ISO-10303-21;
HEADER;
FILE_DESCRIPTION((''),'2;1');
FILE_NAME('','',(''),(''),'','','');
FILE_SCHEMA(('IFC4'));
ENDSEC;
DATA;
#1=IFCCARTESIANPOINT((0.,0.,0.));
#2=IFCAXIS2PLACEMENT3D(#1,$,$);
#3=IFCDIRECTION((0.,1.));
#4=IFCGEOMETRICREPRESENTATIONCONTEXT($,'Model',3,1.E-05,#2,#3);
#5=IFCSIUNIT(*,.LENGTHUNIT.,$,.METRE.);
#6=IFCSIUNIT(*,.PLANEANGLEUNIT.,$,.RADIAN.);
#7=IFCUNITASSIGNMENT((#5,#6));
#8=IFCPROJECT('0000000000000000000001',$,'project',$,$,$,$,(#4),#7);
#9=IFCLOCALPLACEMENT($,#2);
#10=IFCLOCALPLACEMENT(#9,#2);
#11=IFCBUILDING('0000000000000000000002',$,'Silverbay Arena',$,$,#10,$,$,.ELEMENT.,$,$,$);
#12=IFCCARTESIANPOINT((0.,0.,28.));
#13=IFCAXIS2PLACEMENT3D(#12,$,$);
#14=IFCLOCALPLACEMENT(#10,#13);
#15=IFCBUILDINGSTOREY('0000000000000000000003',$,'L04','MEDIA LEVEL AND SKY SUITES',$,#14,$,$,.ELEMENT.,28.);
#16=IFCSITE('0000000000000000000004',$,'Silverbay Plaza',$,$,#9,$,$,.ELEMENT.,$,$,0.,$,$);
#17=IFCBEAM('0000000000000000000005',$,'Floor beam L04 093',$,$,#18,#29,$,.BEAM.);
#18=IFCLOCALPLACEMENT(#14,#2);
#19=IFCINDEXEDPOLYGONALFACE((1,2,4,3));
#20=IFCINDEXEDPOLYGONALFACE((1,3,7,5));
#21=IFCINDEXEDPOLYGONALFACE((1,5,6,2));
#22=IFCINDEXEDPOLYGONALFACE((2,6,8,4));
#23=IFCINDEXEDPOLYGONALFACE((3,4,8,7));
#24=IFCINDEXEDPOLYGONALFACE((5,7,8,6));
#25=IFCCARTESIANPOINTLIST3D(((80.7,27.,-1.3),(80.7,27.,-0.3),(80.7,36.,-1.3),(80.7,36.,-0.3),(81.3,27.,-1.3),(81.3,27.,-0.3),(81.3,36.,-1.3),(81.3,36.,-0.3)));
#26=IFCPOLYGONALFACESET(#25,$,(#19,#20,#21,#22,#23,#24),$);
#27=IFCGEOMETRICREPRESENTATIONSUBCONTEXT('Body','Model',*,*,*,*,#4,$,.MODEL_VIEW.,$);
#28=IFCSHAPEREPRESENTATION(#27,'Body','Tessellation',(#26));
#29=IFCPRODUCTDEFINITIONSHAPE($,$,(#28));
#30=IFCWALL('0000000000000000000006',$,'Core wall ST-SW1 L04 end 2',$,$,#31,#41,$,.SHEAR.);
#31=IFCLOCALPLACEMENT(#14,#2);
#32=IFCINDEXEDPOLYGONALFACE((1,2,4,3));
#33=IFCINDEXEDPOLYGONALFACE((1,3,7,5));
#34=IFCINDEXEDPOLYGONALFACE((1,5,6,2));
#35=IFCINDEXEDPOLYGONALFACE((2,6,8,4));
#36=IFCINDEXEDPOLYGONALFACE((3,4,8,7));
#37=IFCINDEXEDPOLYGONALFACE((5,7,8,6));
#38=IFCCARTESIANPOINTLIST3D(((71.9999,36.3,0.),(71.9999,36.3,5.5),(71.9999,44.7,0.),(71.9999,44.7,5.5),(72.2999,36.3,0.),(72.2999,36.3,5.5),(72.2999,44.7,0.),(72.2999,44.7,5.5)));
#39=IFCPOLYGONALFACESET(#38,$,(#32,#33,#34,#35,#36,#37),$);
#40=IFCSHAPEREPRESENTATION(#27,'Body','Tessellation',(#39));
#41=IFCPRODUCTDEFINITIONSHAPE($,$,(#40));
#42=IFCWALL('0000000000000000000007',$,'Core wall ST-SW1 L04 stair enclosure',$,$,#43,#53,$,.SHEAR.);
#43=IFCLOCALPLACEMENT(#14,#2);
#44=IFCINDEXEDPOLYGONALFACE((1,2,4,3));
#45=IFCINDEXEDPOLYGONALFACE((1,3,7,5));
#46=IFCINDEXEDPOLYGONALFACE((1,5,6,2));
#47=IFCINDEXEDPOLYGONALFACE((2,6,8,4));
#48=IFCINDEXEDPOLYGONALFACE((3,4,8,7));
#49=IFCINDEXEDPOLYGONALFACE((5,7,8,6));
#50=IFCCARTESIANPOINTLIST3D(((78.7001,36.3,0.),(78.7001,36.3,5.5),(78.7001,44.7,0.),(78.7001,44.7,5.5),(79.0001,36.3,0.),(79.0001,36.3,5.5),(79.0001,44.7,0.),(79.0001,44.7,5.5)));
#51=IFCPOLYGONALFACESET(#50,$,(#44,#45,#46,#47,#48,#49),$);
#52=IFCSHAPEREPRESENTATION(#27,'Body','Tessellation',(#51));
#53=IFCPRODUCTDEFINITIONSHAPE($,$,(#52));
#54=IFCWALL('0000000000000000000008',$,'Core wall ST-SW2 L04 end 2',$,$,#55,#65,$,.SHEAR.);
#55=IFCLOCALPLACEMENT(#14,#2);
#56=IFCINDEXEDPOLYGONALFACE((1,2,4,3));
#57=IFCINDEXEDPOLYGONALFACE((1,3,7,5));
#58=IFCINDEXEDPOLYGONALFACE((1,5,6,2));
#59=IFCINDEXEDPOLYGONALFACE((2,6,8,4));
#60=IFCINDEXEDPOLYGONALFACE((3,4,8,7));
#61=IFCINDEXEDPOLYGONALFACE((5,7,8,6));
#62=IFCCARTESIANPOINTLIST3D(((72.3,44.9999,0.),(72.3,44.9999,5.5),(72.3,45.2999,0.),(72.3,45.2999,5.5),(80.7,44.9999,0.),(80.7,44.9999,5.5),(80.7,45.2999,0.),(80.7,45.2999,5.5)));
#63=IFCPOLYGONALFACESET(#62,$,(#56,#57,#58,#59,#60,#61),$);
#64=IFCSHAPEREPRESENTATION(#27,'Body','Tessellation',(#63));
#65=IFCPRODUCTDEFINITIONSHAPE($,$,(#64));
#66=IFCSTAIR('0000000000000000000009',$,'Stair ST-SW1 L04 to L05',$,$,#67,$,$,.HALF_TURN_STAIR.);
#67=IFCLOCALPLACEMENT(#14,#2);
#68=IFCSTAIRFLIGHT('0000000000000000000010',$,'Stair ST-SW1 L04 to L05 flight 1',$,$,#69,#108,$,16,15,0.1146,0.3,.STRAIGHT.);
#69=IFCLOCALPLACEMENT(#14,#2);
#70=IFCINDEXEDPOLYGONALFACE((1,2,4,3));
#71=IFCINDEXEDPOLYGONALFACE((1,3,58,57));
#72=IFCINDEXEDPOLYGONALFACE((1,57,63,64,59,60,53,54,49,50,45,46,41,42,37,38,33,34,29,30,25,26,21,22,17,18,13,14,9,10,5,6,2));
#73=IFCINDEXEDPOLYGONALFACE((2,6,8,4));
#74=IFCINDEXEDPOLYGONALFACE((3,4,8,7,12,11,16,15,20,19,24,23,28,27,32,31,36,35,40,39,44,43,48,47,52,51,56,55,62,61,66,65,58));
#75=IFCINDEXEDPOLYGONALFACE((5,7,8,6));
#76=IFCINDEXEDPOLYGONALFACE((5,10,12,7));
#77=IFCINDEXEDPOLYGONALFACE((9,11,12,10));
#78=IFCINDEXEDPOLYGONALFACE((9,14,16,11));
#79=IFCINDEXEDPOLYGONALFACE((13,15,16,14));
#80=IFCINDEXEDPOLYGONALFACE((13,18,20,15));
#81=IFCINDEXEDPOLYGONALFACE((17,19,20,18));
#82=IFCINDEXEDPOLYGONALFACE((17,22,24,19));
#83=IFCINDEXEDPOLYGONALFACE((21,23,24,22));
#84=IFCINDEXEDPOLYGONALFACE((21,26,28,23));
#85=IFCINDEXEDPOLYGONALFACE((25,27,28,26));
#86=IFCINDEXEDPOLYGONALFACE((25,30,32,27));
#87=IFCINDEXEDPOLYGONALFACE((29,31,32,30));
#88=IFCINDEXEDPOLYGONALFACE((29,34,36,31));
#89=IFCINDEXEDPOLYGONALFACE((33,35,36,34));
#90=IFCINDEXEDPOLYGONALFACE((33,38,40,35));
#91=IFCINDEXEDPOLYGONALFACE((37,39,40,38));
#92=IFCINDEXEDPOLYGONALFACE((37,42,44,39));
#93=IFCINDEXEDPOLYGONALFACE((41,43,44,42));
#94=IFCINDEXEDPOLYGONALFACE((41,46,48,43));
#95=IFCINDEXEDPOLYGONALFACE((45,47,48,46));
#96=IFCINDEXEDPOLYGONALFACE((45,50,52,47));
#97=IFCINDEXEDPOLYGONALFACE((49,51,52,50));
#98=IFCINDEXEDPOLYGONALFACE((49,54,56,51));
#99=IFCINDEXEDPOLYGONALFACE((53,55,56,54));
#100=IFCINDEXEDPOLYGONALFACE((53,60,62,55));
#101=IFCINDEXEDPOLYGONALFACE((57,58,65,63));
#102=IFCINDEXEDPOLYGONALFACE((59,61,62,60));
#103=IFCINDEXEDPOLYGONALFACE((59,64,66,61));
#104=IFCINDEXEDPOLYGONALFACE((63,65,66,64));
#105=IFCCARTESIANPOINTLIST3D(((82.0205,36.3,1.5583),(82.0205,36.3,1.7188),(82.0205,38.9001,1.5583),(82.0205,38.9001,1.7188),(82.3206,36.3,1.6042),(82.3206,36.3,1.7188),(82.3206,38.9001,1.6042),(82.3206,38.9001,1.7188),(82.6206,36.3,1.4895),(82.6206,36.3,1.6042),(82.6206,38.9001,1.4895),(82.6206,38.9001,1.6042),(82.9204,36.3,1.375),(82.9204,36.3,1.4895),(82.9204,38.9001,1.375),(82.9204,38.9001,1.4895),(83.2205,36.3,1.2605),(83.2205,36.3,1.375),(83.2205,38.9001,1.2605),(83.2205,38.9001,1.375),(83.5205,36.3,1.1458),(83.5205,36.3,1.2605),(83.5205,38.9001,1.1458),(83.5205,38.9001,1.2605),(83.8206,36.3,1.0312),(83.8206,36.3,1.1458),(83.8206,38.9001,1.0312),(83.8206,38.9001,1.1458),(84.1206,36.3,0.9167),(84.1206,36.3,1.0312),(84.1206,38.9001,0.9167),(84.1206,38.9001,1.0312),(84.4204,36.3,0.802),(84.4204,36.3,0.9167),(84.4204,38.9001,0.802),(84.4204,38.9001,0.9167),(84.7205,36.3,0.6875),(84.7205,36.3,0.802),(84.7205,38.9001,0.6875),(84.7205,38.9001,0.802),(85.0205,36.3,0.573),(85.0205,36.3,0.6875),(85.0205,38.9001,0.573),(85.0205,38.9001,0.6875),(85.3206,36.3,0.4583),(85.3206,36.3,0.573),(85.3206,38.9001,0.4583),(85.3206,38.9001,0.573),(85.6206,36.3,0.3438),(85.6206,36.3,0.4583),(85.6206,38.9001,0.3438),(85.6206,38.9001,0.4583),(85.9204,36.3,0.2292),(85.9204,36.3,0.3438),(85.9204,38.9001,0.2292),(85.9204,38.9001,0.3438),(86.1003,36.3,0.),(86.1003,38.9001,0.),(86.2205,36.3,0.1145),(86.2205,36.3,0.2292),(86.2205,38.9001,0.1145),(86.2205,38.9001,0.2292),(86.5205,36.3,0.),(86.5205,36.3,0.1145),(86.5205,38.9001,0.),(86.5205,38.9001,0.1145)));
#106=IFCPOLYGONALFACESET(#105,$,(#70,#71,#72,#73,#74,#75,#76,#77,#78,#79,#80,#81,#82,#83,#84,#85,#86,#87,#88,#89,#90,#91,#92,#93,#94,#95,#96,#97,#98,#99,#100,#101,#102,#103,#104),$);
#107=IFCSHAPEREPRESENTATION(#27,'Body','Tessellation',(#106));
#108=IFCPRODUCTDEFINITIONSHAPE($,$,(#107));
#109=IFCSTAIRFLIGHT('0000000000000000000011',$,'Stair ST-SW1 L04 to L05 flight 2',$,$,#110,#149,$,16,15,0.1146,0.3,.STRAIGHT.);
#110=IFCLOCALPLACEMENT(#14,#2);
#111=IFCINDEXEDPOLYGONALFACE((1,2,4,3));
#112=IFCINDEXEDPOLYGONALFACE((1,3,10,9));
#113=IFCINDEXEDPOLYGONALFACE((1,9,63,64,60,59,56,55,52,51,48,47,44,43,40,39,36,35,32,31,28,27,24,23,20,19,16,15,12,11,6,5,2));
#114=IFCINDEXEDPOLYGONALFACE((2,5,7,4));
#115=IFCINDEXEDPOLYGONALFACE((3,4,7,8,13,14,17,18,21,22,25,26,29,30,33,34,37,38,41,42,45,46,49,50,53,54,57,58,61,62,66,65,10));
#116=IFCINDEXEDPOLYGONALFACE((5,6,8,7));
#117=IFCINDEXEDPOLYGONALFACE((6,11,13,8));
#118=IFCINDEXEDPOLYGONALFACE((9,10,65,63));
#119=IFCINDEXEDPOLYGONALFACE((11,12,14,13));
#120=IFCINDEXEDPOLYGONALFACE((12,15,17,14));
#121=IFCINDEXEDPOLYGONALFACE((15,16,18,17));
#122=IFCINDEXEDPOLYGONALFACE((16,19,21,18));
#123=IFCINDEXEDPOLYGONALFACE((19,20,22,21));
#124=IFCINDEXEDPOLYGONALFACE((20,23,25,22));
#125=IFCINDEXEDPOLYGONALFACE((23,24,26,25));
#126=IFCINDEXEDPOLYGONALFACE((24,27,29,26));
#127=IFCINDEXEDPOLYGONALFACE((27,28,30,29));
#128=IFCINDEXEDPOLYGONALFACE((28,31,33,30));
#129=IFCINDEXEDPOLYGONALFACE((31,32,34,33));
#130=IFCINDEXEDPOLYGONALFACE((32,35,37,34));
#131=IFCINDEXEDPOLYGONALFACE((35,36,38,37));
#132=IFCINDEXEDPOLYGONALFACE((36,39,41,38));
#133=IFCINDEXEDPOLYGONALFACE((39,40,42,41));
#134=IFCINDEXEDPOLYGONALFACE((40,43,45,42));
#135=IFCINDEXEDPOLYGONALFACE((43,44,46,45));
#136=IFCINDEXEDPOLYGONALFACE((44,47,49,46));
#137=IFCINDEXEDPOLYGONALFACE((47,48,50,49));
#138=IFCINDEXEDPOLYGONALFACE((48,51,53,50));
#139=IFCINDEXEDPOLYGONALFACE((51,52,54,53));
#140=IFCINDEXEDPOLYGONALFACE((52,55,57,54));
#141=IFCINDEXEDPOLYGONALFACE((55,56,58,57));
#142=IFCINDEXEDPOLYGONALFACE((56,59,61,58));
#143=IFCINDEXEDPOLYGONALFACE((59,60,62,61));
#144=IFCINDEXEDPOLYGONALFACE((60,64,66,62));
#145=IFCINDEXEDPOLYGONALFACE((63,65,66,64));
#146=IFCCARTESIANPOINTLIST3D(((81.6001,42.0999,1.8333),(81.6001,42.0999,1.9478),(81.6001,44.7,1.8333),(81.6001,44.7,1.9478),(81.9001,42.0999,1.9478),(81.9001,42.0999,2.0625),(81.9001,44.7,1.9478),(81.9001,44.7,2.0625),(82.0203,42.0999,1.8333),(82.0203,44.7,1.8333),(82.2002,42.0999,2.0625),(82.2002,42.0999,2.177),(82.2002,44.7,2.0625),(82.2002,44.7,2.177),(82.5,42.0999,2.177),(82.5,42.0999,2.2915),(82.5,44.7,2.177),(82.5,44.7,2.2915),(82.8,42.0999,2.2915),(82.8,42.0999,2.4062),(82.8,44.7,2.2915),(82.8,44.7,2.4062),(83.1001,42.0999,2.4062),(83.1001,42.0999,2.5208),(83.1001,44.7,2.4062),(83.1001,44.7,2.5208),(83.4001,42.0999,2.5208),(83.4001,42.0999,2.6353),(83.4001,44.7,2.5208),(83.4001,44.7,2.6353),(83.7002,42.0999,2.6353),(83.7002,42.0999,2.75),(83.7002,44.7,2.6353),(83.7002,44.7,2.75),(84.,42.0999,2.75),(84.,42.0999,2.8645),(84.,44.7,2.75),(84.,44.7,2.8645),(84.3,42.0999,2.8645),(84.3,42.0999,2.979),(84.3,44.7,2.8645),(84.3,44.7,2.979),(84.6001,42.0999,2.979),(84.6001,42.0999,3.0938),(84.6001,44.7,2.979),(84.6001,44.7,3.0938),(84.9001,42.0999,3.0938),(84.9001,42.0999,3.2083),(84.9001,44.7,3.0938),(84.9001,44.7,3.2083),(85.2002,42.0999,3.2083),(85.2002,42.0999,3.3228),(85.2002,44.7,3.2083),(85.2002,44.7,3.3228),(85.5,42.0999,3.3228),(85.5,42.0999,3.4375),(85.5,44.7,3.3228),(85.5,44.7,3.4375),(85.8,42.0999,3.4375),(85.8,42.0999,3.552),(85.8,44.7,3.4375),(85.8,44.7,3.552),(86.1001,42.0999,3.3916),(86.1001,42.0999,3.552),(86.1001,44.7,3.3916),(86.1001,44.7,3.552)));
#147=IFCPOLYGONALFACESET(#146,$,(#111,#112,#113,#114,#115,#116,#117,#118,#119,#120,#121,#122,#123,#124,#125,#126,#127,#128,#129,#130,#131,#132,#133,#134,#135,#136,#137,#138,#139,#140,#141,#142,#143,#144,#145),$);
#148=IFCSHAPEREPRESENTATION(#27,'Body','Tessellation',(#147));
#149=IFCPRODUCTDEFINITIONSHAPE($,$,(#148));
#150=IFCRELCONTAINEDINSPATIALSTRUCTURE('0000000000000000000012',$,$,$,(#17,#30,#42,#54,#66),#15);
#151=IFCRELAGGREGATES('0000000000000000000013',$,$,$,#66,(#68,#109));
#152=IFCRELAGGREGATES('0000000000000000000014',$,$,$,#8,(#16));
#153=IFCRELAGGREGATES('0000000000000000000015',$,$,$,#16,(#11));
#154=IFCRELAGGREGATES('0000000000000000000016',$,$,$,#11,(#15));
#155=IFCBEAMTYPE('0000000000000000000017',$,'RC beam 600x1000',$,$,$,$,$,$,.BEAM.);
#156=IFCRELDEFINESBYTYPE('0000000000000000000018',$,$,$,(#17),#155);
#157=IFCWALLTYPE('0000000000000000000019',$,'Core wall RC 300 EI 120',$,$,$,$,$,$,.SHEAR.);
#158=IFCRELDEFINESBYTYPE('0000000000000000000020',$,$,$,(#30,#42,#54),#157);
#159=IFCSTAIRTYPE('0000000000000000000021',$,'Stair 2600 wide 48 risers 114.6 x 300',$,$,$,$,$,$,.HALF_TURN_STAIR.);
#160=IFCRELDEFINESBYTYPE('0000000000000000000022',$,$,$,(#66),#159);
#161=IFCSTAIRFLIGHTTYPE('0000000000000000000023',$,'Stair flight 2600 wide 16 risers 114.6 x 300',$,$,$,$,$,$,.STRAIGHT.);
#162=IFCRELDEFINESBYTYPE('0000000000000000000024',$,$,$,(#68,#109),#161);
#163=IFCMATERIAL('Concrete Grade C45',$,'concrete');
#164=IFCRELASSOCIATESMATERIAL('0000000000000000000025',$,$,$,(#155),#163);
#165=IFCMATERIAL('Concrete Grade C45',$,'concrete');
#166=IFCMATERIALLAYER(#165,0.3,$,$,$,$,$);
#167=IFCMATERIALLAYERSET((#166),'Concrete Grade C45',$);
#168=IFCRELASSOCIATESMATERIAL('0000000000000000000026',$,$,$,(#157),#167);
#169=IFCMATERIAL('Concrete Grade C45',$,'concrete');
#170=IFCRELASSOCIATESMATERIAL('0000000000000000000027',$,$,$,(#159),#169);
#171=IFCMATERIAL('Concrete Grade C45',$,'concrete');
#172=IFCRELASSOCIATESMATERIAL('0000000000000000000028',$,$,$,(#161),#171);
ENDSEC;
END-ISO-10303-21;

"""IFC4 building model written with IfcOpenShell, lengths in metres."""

from ifc_helpers import new_model, si_unit, direction, frame, frame_2d, origin, origin_2d, place, context, subcontext, project, spatial, polyline, rectangle, outline, extrude, material, layer, layer_set, material_profile, profile_set, type_object, element, aggregate, save


model = new_model("IFC4")

# Units and contexts
model_context = context("Model", 3, precision=1e-05, world=origin(), true_north=direction((0.0, 1.0)))
body_context = subcontext(model_context, "Body", "Model", "MODEL_VIEW")
ifc_project = project(units=[si_unit("LENGTHUNIT", "METRE"), si_unit("PLANEANGLEUNIT", "RADIAN")], contexts=[model_context])

# Site, building, storey
site_placement = place(None, origin())
site = spatial("IfcSite", under=ifc_project, at=site_placement, Name="Silverbay Plaza", CompositionType="ELEMENT", RefElevation=0.0)
building_placement = place(site_placement, origin())
building = spatial("IfcBuilding", under=site, at=building_placement, Name="Silverbay Arena", CompositionType="ELEMENT")
storey_placement = place(building_placement, frame((0.0, 0.0, 28.0)))
storey = spatial("IfcBuildingStorey", under=building, at=storey_placement, Name="L04", Description="MEDIA LEVEL AND SKY SUITES", CompositionType="ELEMENT", Elevation=28.0)

# Beam
ifc_material_1 = material(Name="Concrete Grade C45", Category="concrete")
ifc_material_profile = material_profile(ifc_material_1, rectangle(XDim=0.6001, YDim=1.0, at=origin_2d()), Name="RC 600x1000")
ifc_profile_set = profile_set([ifc_material_profile], Name="Concrete Grade C45")
beam_type = type_object("IfcBeamType", Name="RC beam 600x1000", PredefinedType="BEAM", material=ifc_profile_set)
beam_placement = place(storey_placement, frame((81.0, 27.0, -0.8), z_axis=(0.0, 1.0, 0.0), x_axis=(-1.0, 0.0, 0.0)))
element("IfcBeam", 1, at=beam_placement, inside=storey, type_object=beam_type, Name="Floor beam L04 093", PredefinedType="BEAM", context=body_context, shape_type="SweptSolid", body=[
    extrude(rectangle(XDim=0.6001, YDim=1.0, at=origin_2d()), origin(), (0.0, 0.0, 1.0), 9.0),
])

# Walls
ifc_material_2 = material(Name="Concrete Grade C45", Category="concrete")
ifc_layer = layer(ifc_material_2, 0.3)
ifc_layer_set = layer_set([ifc_layer], Name="Concrete Grade C45")
wall_type = type_object("IfcWallType", Name="Core wall RC 300 EI 120", PredefinedType="SHEAR", material=ifc_layer_set)
for number, where, z_axis, x_axis, name in (
    (2, (72.1499, 44.7, 0.0), (0.0, 0.0, 1.0), (0.0, -1.0, 0.0), "Core wall ST-SW1 L04 end 2"),
    (3, (78.8501, 44.7, 0.0), (0.0, 0.0, 1.0), (0.0, -1.0, 0.0), "Core wall ST-SW1 L04 stair enclosure"),
    (4, (80.7, 45.1499, 0.0), (0.0, 0.0, 1.0), (-1.0, 0.0, 0.0), "Core wall ST-SW2 L04 end 2"),
):
    element("IfcWall", number, at=place(storey_placement, frame(where, z_axis=z_axis, x_axis=x_axis)), inside=storey, type_object=wall_type, Name=name, PredefinedType="SHEAR", context=body_context, shape_type="SweptSolid", body=[
        extrude(rectangle(XDim=8.3999, YDim=0.3, at=frame_2d((4.2, 0.0))), origin(), (0.0, 0.0, 1.0), 5.5),
    ])

# Stair, stair flights
ifc_material_3 = material(Name="Concrete Grade C45", Category="concrete")
stair_type = type_object("IfcStairType", Name="Stair 2600 wide 48 risers 114.6 x 300", PredefinedType="HALF_TURN_STAIR", material=ifc_material_3)
stair_placement = place(storey_placement, origin())
stair = element("IfcStair", 5, at=stair_placement, inside=storey, type_object=stair_type, Name="Stair ST-SW1 L04 to L05", PredefinedType="HALF_TURN_STAIR")
ifc_material_4 = material(Name="Concrete Grade C45", Category="concrete")
stair_flight_type = type_object("IfcStairFlightType", Name="Stair flight 2600 wide 16 risers 114.6 x 300", PredefinedType="STRAIGHT", material=ifc_material_4)
stair_flight_1_placement = place(storey_placement, frame((86.5205, 37.6001, 0.0), z_axis=(0.0, 0.0, 1.0), x_axis=(-1.0, 0.0, 0.0)))
stair_flight_1 = element("IfcStairFlight", 6, at=stair_flight_1_placement, type_object=stair_flight_type, Name="Stair ST-SW1 L04 to L05 flight 1", NumberOfRisers=16, NumberOfTreads=15, PredefinedType="STRAIGHT", RiserHeight=0.1146, TreadLength=0.3, context=body_context, shape_type="SweptSolid", body=[
    extrude(outline(polyline([(0.0, 0.0), (0.0, 0.1145), (0.3, 0.1145), (0.3, 0.2292), (0.6001, 0.2292), (0.6001, 0.3438), (0.8999, 0.3438), (0.8999, 0.4583), (1.2, 0.4583), (1.2, 0.573), (1.5, 0.573), (1.5, 0.6875), (1.8, 0.6875), (1.8, 0.802), (2.1001, 0.802), (2.1001, 0.9167), (2.3999, 0.9167), (2.3999, 1.0312), (2.7, 1.0312), (2.7, 1.1458), (3.0, 1.1458), (3.0, 1.2605), (3.3, 1.2605), (3.3, 1.375), (3.6001, 1.375), (3.6001, 1.4895), (3.8999, 1.4895), (3.8999, 1.6042), (4.2, 1.6042), (4.2, 1.7188), (4.5, 1.7188), (4.5, 1.5583), (0.4202, 0.0), (0.0, 0.0)])), frame((0.0, 1.3, 0.0), z_axis=(0.0, -1.0, 0.0), x_axis=(1.0, 0.0, 0.0)), (0.0, 0.0, 1.0), 2.6001),
])
stair_flight_2_placement = place(storey_placement, frame((81.6001, 43.3999, 1.8333), z_axis=(0.0, 0.0, 1.0), x_axis=(1.0, 0.0, 0.0)))
stair_flight_2 = element("IfcStairFlight", 7, at=stair_flight_2_placement, type_object=stair_flight_type, Name="Stair ST-SW1 L04 to L05 flight 2", NumberOfRisers=16, NumberOfTreads=15, PredefinedType="STRAIGHT", RiserHeight=0.1146, TreadLength=0.3, context=body_context, shape_type="SweptSolid", body=[
    extrude(outline(polyline([(0.0, 0.0), (0.0, 0.1145), (0.3, 0.1145), (0.3, 0.2292), (0.6001, 0.2292), (0.6001, 0.3438), (0.8999, 0.3438), (0.8999, 0.4583), (1.2, 0.4583), (1.2, 0.573), (1.5, 0.573), (1.5, 0.6875), (1.8, 0.6875), (1.8, 0.802), (2.1001, 0.802), (2.1001, 0.9167), (2.3999, 0.9167), (2.3999, 1.0312), (2.7, 1.0312), (2.7, 1.1458), (3.0, 1.1458), (3.0, 1.2605), (3.3, 1.2605), (3.3, 1.375), (3.6001, 1.375), (3.6001, 1.4895), (3.8999, 1.4895), (3.8999, 1.6042), (4.2, 1.6042), (4.2, 1.7188), (4.5, 1.7188), (4.5, 1.5583), (0.4202, 0.0), (0.0, 0.0)])), frame((0.0, 1.3, 0.0), z_axis=(0.0, -1.0, 0.0), x_axis=(1.0, 0.0, 0.0)), (0.0, 0.0, 1.0), 2.6001),
])
aggregate(stair, [stair_flight_1, stair_flight_2])

save(model, "model.ifc")
